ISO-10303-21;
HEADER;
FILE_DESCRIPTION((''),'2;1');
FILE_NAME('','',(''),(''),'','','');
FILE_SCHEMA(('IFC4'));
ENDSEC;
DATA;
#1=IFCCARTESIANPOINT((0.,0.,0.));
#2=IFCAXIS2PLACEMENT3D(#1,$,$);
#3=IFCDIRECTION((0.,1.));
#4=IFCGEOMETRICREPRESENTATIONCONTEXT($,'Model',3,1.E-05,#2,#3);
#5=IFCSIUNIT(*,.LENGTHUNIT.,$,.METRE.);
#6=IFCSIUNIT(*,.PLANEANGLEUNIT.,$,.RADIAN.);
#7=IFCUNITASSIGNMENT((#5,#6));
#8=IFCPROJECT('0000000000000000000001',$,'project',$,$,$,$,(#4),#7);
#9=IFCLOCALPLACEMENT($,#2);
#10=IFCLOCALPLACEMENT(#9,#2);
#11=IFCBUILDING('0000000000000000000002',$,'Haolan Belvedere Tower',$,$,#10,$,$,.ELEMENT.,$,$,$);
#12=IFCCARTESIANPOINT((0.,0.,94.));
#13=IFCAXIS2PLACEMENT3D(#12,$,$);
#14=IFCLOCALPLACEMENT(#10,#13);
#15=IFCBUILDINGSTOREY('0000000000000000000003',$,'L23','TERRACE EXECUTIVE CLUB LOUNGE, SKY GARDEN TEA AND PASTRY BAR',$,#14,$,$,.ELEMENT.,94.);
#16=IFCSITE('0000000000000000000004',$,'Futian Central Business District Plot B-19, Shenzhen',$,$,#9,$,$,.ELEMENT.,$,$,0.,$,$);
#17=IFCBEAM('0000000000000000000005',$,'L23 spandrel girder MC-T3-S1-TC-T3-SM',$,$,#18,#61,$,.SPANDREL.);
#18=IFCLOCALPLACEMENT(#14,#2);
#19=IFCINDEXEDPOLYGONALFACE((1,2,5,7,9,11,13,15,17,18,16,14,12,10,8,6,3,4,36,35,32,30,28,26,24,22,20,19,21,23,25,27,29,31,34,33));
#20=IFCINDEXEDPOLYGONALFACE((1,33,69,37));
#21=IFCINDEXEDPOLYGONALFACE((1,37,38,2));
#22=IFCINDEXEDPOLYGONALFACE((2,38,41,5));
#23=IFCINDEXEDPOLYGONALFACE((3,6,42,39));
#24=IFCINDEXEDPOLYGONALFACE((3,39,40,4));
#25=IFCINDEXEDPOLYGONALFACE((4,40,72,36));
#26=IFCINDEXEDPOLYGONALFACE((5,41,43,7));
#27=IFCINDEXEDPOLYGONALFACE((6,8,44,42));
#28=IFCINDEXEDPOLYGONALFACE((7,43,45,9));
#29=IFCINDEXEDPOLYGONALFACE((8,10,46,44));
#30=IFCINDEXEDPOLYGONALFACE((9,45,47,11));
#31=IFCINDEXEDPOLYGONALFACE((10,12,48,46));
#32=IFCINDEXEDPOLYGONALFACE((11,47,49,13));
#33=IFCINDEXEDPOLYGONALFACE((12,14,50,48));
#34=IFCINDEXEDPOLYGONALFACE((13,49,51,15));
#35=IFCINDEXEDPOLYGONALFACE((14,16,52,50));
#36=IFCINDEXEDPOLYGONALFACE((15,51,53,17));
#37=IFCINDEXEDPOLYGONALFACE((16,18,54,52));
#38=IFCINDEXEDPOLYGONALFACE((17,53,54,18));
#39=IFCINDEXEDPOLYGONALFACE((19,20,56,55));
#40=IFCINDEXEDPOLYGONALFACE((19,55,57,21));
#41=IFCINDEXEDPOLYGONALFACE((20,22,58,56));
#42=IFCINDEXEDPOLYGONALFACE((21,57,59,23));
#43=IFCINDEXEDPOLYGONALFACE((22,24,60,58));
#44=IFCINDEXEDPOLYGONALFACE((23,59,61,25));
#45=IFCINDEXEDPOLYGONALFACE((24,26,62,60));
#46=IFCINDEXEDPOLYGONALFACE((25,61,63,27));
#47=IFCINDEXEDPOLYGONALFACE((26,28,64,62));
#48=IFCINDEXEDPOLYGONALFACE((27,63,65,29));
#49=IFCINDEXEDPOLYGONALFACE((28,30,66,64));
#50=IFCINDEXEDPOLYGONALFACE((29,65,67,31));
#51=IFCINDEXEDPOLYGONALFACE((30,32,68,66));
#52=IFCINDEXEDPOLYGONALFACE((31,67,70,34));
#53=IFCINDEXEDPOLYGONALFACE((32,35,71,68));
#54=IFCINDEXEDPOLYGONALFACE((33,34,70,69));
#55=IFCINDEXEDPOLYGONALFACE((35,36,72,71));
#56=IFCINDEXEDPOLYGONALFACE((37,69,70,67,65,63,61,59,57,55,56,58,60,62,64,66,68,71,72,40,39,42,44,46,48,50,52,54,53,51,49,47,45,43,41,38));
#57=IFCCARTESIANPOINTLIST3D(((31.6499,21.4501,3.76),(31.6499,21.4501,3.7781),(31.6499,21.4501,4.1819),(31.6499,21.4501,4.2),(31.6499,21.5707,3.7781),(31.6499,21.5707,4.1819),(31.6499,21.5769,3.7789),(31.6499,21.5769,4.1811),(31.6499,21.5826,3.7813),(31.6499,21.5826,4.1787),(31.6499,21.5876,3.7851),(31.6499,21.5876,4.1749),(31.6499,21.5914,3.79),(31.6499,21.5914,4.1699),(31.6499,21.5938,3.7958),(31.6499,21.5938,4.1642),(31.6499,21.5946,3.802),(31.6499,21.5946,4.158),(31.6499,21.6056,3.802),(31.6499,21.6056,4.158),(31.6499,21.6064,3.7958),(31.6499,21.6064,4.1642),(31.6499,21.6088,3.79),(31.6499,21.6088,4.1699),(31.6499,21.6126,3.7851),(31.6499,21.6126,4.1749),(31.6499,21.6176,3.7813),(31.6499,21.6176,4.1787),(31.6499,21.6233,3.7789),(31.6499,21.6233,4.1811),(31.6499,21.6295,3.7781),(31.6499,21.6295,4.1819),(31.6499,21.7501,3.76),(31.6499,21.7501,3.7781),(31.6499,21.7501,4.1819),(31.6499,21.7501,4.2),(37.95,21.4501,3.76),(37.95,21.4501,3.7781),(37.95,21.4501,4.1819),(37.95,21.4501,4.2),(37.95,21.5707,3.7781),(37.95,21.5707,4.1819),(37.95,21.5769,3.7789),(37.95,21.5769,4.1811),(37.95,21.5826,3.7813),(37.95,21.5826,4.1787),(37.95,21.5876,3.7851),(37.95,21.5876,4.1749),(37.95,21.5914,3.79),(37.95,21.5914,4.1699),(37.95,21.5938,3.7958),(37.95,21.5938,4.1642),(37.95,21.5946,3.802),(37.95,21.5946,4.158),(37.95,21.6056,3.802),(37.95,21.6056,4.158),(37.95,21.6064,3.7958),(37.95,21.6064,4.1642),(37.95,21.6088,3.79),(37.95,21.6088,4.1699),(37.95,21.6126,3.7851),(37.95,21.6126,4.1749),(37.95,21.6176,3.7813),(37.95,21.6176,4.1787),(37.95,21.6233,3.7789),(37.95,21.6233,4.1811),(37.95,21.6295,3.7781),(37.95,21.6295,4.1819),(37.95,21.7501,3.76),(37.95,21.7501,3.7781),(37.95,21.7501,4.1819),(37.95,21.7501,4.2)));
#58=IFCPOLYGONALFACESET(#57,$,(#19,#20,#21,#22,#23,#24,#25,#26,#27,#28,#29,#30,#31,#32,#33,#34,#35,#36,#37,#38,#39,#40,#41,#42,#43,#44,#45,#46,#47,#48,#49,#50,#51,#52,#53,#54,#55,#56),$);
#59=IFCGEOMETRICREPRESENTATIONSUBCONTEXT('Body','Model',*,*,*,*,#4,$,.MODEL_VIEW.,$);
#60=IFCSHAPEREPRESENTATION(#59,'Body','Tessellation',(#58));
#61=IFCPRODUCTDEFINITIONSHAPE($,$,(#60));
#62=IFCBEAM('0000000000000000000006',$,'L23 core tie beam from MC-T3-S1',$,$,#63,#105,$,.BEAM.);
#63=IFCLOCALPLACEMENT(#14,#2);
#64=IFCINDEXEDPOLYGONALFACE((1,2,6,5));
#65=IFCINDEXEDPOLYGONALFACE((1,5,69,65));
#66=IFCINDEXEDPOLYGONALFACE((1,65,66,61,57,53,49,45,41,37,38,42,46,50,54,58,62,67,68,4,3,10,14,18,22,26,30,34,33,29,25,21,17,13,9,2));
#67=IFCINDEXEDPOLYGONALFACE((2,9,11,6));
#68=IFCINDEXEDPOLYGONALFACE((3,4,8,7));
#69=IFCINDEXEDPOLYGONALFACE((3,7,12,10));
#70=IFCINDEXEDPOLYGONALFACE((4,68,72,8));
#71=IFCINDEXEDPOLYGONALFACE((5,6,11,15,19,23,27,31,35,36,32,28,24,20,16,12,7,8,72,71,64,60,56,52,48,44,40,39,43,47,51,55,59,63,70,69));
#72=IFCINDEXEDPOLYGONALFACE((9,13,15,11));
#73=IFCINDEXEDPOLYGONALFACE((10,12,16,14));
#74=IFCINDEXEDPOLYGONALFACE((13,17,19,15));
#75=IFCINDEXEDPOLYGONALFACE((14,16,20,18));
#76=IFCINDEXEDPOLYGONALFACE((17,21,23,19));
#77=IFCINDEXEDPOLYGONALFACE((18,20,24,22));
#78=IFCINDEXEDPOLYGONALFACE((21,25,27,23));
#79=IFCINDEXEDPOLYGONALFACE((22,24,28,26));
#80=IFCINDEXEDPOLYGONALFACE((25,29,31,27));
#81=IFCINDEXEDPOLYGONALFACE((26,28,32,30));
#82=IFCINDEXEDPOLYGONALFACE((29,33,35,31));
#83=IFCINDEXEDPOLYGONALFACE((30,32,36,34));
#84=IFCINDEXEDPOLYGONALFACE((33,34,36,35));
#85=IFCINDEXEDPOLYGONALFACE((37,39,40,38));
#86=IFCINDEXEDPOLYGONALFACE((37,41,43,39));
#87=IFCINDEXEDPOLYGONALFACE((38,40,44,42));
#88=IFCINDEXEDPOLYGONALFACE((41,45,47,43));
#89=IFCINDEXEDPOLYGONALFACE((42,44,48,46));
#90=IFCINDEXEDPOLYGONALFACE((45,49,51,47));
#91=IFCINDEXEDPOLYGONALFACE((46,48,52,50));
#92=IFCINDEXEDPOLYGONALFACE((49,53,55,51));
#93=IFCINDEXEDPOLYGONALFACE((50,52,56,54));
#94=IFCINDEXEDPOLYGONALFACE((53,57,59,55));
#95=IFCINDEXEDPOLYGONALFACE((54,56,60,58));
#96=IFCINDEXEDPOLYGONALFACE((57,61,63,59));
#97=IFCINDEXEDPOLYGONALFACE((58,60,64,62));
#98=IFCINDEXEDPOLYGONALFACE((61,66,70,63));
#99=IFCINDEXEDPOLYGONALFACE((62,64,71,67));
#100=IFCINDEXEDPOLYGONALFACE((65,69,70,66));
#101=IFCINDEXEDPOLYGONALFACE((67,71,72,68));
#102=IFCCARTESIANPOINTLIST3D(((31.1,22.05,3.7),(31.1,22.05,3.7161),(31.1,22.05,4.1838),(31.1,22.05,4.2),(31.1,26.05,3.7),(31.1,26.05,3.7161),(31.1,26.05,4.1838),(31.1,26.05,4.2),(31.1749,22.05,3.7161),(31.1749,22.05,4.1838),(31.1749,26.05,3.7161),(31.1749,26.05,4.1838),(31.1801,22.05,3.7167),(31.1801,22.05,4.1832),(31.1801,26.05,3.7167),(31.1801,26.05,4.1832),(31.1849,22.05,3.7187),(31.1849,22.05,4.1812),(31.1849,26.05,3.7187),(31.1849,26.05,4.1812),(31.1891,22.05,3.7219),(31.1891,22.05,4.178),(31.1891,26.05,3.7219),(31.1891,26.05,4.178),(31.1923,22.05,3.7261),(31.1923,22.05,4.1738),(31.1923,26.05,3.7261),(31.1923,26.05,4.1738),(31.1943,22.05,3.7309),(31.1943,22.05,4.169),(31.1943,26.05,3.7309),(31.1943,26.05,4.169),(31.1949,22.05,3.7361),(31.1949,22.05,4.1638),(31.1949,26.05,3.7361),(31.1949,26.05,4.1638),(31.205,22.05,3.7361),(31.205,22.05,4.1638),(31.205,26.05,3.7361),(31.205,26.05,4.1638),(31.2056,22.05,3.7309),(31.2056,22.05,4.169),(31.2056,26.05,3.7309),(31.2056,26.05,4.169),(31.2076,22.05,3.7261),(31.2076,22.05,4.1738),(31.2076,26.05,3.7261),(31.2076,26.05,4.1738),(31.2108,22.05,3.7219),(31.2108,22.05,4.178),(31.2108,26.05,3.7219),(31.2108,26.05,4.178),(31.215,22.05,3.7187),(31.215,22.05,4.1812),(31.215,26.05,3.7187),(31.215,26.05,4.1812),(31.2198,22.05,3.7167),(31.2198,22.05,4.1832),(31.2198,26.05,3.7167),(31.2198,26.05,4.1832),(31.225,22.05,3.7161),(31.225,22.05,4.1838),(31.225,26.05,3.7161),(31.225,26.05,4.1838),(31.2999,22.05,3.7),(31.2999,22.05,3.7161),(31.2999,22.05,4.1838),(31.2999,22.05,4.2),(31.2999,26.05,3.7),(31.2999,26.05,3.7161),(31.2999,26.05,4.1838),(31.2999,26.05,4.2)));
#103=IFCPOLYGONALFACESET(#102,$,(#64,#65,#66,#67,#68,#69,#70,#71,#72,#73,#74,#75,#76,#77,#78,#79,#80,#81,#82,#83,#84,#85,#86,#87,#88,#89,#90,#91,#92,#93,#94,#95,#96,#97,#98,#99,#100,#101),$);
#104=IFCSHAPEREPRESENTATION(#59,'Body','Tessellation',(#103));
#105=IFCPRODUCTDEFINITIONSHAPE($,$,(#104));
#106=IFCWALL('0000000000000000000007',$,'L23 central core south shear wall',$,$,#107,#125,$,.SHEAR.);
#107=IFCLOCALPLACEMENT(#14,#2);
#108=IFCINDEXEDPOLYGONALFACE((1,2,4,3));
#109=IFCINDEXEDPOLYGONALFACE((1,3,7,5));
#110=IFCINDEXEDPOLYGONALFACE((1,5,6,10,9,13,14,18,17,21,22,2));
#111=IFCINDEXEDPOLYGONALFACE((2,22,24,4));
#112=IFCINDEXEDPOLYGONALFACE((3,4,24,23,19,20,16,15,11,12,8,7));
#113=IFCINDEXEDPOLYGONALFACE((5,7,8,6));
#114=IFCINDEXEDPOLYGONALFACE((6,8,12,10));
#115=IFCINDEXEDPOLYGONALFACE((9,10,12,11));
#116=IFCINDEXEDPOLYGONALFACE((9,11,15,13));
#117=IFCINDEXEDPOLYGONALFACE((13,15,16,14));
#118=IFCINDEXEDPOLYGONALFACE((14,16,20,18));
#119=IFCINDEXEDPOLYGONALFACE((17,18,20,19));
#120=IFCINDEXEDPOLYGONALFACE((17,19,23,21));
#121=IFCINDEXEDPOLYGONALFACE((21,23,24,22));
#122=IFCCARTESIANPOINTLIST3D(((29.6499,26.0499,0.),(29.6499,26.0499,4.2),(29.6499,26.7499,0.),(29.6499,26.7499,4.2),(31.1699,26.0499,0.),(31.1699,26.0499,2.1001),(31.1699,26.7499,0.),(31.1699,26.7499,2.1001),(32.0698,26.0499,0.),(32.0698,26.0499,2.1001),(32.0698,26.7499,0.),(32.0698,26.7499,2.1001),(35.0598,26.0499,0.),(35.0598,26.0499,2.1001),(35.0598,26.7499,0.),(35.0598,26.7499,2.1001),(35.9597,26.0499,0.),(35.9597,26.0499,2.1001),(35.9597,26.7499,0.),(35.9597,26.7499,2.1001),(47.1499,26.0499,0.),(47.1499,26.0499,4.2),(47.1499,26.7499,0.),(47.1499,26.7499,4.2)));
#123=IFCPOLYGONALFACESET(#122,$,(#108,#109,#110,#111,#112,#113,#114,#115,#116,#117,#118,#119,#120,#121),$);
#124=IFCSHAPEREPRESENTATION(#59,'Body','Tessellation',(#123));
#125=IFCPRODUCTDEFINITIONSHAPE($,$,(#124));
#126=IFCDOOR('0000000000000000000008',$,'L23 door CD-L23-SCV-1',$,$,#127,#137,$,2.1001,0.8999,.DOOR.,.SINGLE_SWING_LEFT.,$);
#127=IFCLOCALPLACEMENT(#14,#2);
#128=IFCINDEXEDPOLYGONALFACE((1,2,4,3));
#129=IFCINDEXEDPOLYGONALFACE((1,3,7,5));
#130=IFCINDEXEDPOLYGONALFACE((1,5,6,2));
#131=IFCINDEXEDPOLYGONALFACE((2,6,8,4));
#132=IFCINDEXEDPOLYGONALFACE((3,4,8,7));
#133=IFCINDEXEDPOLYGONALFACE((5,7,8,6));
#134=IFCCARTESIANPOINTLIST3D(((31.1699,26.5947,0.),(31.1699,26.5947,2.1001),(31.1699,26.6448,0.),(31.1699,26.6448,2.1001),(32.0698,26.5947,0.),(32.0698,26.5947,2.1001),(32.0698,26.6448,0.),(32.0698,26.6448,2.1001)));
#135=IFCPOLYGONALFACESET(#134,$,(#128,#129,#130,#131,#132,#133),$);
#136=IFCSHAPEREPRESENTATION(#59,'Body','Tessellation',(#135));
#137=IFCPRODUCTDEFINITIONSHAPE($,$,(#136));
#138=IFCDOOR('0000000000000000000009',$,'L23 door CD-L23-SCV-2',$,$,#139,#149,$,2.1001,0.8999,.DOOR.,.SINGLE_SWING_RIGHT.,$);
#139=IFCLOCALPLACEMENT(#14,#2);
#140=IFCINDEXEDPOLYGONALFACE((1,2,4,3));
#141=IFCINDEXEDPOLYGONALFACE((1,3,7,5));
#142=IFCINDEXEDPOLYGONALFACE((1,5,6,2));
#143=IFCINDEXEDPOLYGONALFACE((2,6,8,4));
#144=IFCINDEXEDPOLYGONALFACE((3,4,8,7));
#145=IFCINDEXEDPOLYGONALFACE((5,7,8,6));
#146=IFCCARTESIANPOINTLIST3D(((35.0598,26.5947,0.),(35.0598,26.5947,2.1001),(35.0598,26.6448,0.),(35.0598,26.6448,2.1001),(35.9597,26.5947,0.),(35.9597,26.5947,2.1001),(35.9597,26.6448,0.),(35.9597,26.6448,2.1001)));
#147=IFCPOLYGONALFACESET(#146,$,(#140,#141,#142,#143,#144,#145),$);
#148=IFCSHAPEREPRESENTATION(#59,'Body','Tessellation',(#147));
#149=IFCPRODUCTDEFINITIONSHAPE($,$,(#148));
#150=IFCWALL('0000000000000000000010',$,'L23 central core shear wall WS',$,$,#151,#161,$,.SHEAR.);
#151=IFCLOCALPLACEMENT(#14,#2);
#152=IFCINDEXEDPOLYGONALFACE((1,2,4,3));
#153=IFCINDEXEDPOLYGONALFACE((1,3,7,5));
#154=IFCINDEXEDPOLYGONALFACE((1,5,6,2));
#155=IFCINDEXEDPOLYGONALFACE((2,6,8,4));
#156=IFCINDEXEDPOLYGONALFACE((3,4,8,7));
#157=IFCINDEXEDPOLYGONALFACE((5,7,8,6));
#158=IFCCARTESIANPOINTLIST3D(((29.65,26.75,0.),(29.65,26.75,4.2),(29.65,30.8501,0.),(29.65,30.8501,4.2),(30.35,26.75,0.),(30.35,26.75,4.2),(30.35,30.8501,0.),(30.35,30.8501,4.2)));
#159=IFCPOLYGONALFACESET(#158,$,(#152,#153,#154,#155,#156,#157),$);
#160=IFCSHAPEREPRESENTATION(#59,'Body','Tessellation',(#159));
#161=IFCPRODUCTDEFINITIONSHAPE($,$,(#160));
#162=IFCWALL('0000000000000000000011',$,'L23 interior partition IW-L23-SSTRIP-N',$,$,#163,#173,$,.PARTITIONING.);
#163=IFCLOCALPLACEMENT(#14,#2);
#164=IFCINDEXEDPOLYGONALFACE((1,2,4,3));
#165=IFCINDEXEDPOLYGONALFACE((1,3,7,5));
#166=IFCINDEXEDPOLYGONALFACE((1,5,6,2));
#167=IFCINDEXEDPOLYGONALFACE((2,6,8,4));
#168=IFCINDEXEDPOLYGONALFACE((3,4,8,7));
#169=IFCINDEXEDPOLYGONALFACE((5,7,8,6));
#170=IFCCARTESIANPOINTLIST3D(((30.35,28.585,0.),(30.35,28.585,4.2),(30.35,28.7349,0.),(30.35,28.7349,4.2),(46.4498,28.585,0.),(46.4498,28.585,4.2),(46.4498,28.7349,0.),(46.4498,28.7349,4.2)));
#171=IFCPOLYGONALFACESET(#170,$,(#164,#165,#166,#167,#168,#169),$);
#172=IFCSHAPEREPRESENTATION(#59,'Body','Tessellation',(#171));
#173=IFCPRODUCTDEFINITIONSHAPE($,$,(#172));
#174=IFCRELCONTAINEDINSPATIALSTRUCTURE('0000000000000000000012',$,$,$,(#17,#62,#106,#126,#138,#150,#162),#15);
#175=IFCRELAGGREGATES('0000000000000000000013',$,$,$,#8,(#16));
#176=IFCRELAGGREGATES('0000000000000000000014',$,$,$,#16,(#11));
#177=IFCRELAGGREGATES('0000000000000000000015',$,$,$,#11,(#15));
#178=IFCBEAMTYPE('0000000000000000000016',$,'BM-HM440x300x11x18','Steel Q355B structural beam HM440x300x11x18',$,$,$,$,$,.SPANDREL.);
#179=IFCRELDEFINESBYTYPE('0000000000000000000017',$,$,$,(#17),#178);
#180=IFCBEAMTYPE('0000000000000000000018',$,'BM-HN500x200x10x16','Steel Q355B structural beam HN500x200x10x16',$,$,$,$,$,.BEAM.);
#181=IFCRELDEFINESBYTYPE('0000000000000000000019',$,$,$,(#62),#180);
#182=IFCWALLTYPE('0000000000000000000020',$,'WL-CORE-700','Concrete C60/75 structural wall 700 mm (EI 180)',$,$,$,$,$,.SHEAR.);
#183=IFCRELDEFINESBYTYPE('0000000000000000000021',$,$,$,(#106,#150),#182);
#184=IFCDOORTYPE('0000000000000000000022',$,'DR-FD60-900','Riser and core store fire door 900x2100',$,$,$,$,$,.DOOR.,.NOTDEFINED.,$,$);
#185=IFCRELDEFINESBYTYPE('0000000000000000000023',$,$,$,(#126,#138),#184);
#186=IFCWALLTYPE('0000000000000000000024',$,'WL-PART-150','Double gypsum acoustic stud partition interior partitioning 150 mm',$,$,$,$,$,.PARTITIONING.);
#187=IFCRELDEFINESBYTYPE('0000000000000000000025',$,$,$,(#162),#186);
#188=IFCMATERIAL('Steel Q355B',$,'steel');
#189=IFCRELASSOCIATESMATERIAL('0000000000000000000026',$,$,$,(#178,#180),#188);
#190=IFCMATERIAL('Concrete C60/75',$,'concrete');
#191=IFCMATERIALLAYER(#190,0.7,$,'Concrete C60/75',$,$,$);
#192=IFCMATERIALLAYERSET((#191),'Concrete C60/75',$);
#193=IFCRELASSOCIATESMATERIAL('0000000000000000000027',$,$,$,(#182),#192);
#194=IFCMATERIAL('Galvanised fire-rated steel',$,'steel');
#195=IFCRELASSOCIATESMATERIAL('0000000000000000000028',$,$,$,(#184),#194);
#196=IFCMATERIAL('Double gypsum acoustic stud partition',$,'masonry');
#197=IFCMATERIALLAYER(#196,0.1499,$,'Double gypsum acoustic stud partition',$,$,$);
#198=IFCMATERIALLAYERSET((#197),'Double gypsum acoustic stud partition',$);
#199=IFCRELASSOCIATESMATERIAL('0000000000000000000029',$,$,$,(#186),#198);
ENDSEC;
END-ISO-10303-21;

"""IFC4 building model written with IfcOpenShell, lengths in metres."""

from ifc_helpers import new_model, si_unit, direction, frame, frame_2d, origin, origin_2d, place, context, subcontext, project, spatial, rectangle, i_section, extrude, material, layer, layer_set, material_profile, profile_set, type_object, element, fill, save


model = new_model("IFC4")

# Units and contexts
model_context = context("Model", 3, precision=1e-05, world=origin(), true_north=direction((0.0, 1.0)))
body_context = subcontext(model_context, "Body", "Model", "MODEL_VIEW")
ifc_project = project(units=[si_unit("LENGTHUNIT", "METRE"), si_unit("PLANEANGLEUNIT", "RADIAN")], contexts=[model_context])

# Site, building, storey
site_placement = place(None, origin())
site = spatial("IfcSite", under=ifc_project, at=site_placement, Name="Futian Central Business District Plot B-19, Shenzhen", CompositionType="ELEMENT", RefElevation=0.0)
building_placement = place(site_placement, origin())
building = spatial("IfcBuilding", under=site, at=building_placement, Name="Haolan Belvedere Tower", CompositionType="ELEMENT")
storey_placement = place(building_placement, frame((0.0, 0.0, 94.0)))
storey = spatial("IfcBuildingStorey", under=building, at=storey_placement, Name="L23", Description="TERRACE EXECUTIVE CLUB LOUNGE, SKY GARDEN TEA AND PASTRY BAR", CompositionType="ELEMENT", Elevation=94.0)

# Beams
ifc_material_1 = material(Name="Steel Q355B", Category="steel")
ifc_material_profile_1 = material_profile(ifc_material_1, i_section(OverallWidth=0.3, OverallDepth=0.4399, WebThickness=0.011, FlangeThickness=0.0181, FilletRadius=0.0239, at=origin_2d()), Name="Steel Q355B")
ifc_profile_set_1 = profile_set([ifc_material_profile_1], Name="Steel Q355B")
beam_type_1 = type_object("IfcBeamType", Name="BM-HM440x300x11x18", Description="Steel Q355B structural beam HM440x300x11x18", PredefinedType="SPANDREL", material=ifc_profile_set_1)
beam_1_placement = place(storey_placement, frame((31.6499, 21.6001, 3.98), z_axis=(1.0, 0.0, 0.0), x_axis=(0.0, 1.0, 0.0)))
element("IfcBeam", 1, at=beam_1_placement, inside=storey, type_object=beam_type_1, Name="L23 spandrel girder MC-T3-S1-TC-T3-SM", PredefinedType="SPANDREL", context=body_context, shape_type="SweptSolid", body=[
    extrude(i_section(OverallWidth=0.3, OverallDepth=0.4399, WebThickness=0.011, FlangeThickness=0.0181, FilletRadius=0.0239, at=origin_2d()), origin(), (0.0, 0.0, 1.0), 6.3),
])
ifc_material_profile_2 = material_profile(ifc_material_1, i_section(OverallWidth=0.2, OverallDepth=0.5, WebThickness=0.01, FlangeThickness=0.0161, FilletRadius=0.02, at=origin_2d()), Name="Steel Q355B")
ifc_profile_set_2 = profile_set([ifc_material_profile_2], Name="Steel Q355B")
beam_type_2 = type_object("IfcBeamType", Name="BM-HN500x200x10x16", Description="Steel Q355B structural beam HN500x200x10x16", PredefinedType="BEAM", material=ifc_profile_set_2)
beam_2_placement = place(storey_placement, frame((31.2, 22.05, 3.95), z_axis=(0.0, 1.0, 0.0), x_axis=(-1.0, 0.0, 0.0)))
element("IfcBeam", 2, at=beam_2_placement, inside=storey, type_object=beam_type_2, Name="L23 core tie beam from MC-T3-S1", PredefinedType="BEAM", context=body_context, shape_type="SweptSolid", body=[
    extrude(i_section(OverallWidth=0.2, OverallDepth=0.5, WebThickness=0.01, FlangeThickness=0.0161, FilletRadius=0.02, at=origin_2d()), origin(), (0.0, 0.0, 1.0), 4.0),
])

# Wall, openings, doors
ifc_material_2 = material(Name="Concrete C60/75", Category="concrete")
ifc_layer_1 = layer(ifc_material_2, 0.7, Name="Concrete C60/75")
ifc_layer_set_1 = layer_set([ifc_layer_1], Name="Concrete C60/75")
wall_type_1 = type_object("IfcWallType", Name="WL-CORE-700", Description="Concrete C60/75 structural wall 700 mm (EI 180)", PredefinedType="SHEAR", material=ifc_layer_set_1)
wall_1_placement = place(storey_placement, frame((29.6499, 26.3999, 0.0), z_axis=(0.0, 0.0, 1.0), x_axis=(1.0, 0.0, 0.0)))
wall_1 = element("IfcWall", 3, at=wall_1_placement, inside=storey, type_object=wall_type_1, Name="L23 central core south shear wall", PredefinedType="SHEAR", context=body_context, shape_type="SweptSolid", body=[
    extrude(rectangle(XDim=17.5, YDim=0.7, at=frame_2d((8.75, 0.0))), origin(), (0.0, 0.0, 1.0), 4.2),
])
opening_1_placement = place(wall_1_placement, frame((2.4199, 0.0, 0.0), z_axis=(0.0, 0.0, 1.0), x_axis=(-1.0, 0.0, 0.0)))
opening_1 = element("IfcOpeningElement", 4, at=opening_1_placement, cuts=wall_1, PredefinedType="OPENING", context=body_context, shape_type="SweptSolid", body=[
    extrude(rectangle(XDim=0.8999, YDim=2.1001, at=frame_2d((0.45, 1.05))), frame((0.0, 0.3599, 0.0), z_axis=(0.0, -1.0, 0.0), x_axis=(1.0, 0.0, 0.0)), (0.0, 0.0, 1.0), 0.72),
])
opening_2_placement = place(wall_1_placement, frame((6.3098, 0.0, 0.0), z_axis=(0.0, 0.0, 1.0), x_axis=(-1.0, 0.0, 0.0)))
opening_2 = element("IfcOpeningElement", 5, at=opening_2_placement, cuts=wall_1, PredefinedType="OPENING", context=body_context, shape_type="SweptSolid", body=[
    extrude(rectangle(XDim=0.8999, YDim=2.1001, at=frame_2d((0.45, 1.05))), frame((0.0, 0.3599, 0.0), z_axis=(0.0, -1.0, 0.0), x_axis=(1.0, 0.0, 0.0)), (0.0, 0.0, 1.0), 0.72),
])
ifc_material_3 = material(Name="Galvanised fire-rated steel", Category="steel")
door_type_1 = type_object("IfcDoorType", Name="DR-FD60-900", Description="Riser and core store fire door 900x2100", OperationType="NOTDEFINED", PredefinedType="DOOR", material=ifc_material_3)
door_1_placement = place(opening_1_placement, origin())
door_1 = element("IfcDoor", 6, at=door_1_placement, inside=storey, type_object=door_type_1, Name="L23 door CD-L23-SCV-1", OperationType="SINGLE_SWING_LEFT", OverallHeight=2.1001, OverallWidth=0.8999, PredefinedType="DOOR", context=body_context, shape_type="SweptSolid", body=[
    extrude(rectangle(XDim=0.8999, YDim=2.1001, at=frame_2d((0.45, 1.05))), frame((0.0, -0.1948, 0.0), z_axis=(0.0, -1.0, 0.0), x_axis=(1.0, 0.0, 0.0)), (0.0, 0.0, 1.0), 0.05),
])
fill(opening_1, door_1)
door_2_placement = place(opening_2_placement, origin())
door_2 = element("IfcDoor", 7, at=door_2_placement, inside=storey, type_object=door_type_1, Name="L23 door CD-L23-SCV-2", OperationType="SINGLE_SWING_RIGHT", OverallHeight=2.1001, OverallWidth=0.8999, PredefinedType="DOOR", context=body_context, shape_type="SweptSolid", body=[
    extrude(rectangle(XDim=0.8999, YDim=2.1001, at=frame_2d((0.45, 1.05))), frame((0.0, -0.1948, 0.0), z_axis=(0.0, -1.0, 0.0), x_axis=(1.0, 0.0, 0.0)), (0.0, 0.0, 1.0), 0.05),
])
fill(opening_2, door_2)

# Walls
wall_2_placement = place(storey_placement, frame((30.0, 26.75, 0.0), z_axis=(0.0, 0.0, 1.0), x_axis=(0.0, 1.0, 0.0)))
element("IfcWall", 8, at=wall_2_placement, inside=storey, type_object=wall_type_1, Name="L23 central core shear wall WS", PredefinedType="SHEAR", context=body_context, shape_type="SweptSolid", body=[
    extrude(rectangle(XDim=4.1001, YDim=0.7, at=frame_2d((2.05, 0.0))), origin(), (0.0, 0.0, 1.0), 4.2),
])
ifc_material_4 = material(Name="Double gypsum acoustic stud partition", Category="masonry")
ifc_layer_2 = layer(ifc_material_4, 0.1499, Name="Double gypsum acoustic stud partition")
ifc_layer_set_2 = layer_set([ifc_layer_2], Name="Double gypsum acoustic stud partition")
wall_type_2 = type_object("IfcWallType", Name="WL-PART-150", Description="Double gypsum acoustic stud partition interior partitioning 150 mm", PredefinedType="PARTITIONING", material=ifc_layer_set_2)
wall_3_placement = place(storey_placement, frame((30.3501, 28.6599, 0.0), z_axis=(0.0, 0.0, 1.0), x_axis=(1.0, 0.0, 0.0)))
element("IfcWall", 9, at=wall_3_placement, inside=storey, type_object=wall_type_2, Name="L23 interior partition IW-L23-SSTRIP-N", PredefinedType="PARTITIONING", context=body_context, shape_type="SweptSolid", body=[
    extrude(rectangle(XDim=16.0999, YDim=0.1499, at=frame_2d((8.0498, 0.0))), origin(), (0.0, 0.0, 1.0), 4.2),
])

save(model, "model.ifc")
